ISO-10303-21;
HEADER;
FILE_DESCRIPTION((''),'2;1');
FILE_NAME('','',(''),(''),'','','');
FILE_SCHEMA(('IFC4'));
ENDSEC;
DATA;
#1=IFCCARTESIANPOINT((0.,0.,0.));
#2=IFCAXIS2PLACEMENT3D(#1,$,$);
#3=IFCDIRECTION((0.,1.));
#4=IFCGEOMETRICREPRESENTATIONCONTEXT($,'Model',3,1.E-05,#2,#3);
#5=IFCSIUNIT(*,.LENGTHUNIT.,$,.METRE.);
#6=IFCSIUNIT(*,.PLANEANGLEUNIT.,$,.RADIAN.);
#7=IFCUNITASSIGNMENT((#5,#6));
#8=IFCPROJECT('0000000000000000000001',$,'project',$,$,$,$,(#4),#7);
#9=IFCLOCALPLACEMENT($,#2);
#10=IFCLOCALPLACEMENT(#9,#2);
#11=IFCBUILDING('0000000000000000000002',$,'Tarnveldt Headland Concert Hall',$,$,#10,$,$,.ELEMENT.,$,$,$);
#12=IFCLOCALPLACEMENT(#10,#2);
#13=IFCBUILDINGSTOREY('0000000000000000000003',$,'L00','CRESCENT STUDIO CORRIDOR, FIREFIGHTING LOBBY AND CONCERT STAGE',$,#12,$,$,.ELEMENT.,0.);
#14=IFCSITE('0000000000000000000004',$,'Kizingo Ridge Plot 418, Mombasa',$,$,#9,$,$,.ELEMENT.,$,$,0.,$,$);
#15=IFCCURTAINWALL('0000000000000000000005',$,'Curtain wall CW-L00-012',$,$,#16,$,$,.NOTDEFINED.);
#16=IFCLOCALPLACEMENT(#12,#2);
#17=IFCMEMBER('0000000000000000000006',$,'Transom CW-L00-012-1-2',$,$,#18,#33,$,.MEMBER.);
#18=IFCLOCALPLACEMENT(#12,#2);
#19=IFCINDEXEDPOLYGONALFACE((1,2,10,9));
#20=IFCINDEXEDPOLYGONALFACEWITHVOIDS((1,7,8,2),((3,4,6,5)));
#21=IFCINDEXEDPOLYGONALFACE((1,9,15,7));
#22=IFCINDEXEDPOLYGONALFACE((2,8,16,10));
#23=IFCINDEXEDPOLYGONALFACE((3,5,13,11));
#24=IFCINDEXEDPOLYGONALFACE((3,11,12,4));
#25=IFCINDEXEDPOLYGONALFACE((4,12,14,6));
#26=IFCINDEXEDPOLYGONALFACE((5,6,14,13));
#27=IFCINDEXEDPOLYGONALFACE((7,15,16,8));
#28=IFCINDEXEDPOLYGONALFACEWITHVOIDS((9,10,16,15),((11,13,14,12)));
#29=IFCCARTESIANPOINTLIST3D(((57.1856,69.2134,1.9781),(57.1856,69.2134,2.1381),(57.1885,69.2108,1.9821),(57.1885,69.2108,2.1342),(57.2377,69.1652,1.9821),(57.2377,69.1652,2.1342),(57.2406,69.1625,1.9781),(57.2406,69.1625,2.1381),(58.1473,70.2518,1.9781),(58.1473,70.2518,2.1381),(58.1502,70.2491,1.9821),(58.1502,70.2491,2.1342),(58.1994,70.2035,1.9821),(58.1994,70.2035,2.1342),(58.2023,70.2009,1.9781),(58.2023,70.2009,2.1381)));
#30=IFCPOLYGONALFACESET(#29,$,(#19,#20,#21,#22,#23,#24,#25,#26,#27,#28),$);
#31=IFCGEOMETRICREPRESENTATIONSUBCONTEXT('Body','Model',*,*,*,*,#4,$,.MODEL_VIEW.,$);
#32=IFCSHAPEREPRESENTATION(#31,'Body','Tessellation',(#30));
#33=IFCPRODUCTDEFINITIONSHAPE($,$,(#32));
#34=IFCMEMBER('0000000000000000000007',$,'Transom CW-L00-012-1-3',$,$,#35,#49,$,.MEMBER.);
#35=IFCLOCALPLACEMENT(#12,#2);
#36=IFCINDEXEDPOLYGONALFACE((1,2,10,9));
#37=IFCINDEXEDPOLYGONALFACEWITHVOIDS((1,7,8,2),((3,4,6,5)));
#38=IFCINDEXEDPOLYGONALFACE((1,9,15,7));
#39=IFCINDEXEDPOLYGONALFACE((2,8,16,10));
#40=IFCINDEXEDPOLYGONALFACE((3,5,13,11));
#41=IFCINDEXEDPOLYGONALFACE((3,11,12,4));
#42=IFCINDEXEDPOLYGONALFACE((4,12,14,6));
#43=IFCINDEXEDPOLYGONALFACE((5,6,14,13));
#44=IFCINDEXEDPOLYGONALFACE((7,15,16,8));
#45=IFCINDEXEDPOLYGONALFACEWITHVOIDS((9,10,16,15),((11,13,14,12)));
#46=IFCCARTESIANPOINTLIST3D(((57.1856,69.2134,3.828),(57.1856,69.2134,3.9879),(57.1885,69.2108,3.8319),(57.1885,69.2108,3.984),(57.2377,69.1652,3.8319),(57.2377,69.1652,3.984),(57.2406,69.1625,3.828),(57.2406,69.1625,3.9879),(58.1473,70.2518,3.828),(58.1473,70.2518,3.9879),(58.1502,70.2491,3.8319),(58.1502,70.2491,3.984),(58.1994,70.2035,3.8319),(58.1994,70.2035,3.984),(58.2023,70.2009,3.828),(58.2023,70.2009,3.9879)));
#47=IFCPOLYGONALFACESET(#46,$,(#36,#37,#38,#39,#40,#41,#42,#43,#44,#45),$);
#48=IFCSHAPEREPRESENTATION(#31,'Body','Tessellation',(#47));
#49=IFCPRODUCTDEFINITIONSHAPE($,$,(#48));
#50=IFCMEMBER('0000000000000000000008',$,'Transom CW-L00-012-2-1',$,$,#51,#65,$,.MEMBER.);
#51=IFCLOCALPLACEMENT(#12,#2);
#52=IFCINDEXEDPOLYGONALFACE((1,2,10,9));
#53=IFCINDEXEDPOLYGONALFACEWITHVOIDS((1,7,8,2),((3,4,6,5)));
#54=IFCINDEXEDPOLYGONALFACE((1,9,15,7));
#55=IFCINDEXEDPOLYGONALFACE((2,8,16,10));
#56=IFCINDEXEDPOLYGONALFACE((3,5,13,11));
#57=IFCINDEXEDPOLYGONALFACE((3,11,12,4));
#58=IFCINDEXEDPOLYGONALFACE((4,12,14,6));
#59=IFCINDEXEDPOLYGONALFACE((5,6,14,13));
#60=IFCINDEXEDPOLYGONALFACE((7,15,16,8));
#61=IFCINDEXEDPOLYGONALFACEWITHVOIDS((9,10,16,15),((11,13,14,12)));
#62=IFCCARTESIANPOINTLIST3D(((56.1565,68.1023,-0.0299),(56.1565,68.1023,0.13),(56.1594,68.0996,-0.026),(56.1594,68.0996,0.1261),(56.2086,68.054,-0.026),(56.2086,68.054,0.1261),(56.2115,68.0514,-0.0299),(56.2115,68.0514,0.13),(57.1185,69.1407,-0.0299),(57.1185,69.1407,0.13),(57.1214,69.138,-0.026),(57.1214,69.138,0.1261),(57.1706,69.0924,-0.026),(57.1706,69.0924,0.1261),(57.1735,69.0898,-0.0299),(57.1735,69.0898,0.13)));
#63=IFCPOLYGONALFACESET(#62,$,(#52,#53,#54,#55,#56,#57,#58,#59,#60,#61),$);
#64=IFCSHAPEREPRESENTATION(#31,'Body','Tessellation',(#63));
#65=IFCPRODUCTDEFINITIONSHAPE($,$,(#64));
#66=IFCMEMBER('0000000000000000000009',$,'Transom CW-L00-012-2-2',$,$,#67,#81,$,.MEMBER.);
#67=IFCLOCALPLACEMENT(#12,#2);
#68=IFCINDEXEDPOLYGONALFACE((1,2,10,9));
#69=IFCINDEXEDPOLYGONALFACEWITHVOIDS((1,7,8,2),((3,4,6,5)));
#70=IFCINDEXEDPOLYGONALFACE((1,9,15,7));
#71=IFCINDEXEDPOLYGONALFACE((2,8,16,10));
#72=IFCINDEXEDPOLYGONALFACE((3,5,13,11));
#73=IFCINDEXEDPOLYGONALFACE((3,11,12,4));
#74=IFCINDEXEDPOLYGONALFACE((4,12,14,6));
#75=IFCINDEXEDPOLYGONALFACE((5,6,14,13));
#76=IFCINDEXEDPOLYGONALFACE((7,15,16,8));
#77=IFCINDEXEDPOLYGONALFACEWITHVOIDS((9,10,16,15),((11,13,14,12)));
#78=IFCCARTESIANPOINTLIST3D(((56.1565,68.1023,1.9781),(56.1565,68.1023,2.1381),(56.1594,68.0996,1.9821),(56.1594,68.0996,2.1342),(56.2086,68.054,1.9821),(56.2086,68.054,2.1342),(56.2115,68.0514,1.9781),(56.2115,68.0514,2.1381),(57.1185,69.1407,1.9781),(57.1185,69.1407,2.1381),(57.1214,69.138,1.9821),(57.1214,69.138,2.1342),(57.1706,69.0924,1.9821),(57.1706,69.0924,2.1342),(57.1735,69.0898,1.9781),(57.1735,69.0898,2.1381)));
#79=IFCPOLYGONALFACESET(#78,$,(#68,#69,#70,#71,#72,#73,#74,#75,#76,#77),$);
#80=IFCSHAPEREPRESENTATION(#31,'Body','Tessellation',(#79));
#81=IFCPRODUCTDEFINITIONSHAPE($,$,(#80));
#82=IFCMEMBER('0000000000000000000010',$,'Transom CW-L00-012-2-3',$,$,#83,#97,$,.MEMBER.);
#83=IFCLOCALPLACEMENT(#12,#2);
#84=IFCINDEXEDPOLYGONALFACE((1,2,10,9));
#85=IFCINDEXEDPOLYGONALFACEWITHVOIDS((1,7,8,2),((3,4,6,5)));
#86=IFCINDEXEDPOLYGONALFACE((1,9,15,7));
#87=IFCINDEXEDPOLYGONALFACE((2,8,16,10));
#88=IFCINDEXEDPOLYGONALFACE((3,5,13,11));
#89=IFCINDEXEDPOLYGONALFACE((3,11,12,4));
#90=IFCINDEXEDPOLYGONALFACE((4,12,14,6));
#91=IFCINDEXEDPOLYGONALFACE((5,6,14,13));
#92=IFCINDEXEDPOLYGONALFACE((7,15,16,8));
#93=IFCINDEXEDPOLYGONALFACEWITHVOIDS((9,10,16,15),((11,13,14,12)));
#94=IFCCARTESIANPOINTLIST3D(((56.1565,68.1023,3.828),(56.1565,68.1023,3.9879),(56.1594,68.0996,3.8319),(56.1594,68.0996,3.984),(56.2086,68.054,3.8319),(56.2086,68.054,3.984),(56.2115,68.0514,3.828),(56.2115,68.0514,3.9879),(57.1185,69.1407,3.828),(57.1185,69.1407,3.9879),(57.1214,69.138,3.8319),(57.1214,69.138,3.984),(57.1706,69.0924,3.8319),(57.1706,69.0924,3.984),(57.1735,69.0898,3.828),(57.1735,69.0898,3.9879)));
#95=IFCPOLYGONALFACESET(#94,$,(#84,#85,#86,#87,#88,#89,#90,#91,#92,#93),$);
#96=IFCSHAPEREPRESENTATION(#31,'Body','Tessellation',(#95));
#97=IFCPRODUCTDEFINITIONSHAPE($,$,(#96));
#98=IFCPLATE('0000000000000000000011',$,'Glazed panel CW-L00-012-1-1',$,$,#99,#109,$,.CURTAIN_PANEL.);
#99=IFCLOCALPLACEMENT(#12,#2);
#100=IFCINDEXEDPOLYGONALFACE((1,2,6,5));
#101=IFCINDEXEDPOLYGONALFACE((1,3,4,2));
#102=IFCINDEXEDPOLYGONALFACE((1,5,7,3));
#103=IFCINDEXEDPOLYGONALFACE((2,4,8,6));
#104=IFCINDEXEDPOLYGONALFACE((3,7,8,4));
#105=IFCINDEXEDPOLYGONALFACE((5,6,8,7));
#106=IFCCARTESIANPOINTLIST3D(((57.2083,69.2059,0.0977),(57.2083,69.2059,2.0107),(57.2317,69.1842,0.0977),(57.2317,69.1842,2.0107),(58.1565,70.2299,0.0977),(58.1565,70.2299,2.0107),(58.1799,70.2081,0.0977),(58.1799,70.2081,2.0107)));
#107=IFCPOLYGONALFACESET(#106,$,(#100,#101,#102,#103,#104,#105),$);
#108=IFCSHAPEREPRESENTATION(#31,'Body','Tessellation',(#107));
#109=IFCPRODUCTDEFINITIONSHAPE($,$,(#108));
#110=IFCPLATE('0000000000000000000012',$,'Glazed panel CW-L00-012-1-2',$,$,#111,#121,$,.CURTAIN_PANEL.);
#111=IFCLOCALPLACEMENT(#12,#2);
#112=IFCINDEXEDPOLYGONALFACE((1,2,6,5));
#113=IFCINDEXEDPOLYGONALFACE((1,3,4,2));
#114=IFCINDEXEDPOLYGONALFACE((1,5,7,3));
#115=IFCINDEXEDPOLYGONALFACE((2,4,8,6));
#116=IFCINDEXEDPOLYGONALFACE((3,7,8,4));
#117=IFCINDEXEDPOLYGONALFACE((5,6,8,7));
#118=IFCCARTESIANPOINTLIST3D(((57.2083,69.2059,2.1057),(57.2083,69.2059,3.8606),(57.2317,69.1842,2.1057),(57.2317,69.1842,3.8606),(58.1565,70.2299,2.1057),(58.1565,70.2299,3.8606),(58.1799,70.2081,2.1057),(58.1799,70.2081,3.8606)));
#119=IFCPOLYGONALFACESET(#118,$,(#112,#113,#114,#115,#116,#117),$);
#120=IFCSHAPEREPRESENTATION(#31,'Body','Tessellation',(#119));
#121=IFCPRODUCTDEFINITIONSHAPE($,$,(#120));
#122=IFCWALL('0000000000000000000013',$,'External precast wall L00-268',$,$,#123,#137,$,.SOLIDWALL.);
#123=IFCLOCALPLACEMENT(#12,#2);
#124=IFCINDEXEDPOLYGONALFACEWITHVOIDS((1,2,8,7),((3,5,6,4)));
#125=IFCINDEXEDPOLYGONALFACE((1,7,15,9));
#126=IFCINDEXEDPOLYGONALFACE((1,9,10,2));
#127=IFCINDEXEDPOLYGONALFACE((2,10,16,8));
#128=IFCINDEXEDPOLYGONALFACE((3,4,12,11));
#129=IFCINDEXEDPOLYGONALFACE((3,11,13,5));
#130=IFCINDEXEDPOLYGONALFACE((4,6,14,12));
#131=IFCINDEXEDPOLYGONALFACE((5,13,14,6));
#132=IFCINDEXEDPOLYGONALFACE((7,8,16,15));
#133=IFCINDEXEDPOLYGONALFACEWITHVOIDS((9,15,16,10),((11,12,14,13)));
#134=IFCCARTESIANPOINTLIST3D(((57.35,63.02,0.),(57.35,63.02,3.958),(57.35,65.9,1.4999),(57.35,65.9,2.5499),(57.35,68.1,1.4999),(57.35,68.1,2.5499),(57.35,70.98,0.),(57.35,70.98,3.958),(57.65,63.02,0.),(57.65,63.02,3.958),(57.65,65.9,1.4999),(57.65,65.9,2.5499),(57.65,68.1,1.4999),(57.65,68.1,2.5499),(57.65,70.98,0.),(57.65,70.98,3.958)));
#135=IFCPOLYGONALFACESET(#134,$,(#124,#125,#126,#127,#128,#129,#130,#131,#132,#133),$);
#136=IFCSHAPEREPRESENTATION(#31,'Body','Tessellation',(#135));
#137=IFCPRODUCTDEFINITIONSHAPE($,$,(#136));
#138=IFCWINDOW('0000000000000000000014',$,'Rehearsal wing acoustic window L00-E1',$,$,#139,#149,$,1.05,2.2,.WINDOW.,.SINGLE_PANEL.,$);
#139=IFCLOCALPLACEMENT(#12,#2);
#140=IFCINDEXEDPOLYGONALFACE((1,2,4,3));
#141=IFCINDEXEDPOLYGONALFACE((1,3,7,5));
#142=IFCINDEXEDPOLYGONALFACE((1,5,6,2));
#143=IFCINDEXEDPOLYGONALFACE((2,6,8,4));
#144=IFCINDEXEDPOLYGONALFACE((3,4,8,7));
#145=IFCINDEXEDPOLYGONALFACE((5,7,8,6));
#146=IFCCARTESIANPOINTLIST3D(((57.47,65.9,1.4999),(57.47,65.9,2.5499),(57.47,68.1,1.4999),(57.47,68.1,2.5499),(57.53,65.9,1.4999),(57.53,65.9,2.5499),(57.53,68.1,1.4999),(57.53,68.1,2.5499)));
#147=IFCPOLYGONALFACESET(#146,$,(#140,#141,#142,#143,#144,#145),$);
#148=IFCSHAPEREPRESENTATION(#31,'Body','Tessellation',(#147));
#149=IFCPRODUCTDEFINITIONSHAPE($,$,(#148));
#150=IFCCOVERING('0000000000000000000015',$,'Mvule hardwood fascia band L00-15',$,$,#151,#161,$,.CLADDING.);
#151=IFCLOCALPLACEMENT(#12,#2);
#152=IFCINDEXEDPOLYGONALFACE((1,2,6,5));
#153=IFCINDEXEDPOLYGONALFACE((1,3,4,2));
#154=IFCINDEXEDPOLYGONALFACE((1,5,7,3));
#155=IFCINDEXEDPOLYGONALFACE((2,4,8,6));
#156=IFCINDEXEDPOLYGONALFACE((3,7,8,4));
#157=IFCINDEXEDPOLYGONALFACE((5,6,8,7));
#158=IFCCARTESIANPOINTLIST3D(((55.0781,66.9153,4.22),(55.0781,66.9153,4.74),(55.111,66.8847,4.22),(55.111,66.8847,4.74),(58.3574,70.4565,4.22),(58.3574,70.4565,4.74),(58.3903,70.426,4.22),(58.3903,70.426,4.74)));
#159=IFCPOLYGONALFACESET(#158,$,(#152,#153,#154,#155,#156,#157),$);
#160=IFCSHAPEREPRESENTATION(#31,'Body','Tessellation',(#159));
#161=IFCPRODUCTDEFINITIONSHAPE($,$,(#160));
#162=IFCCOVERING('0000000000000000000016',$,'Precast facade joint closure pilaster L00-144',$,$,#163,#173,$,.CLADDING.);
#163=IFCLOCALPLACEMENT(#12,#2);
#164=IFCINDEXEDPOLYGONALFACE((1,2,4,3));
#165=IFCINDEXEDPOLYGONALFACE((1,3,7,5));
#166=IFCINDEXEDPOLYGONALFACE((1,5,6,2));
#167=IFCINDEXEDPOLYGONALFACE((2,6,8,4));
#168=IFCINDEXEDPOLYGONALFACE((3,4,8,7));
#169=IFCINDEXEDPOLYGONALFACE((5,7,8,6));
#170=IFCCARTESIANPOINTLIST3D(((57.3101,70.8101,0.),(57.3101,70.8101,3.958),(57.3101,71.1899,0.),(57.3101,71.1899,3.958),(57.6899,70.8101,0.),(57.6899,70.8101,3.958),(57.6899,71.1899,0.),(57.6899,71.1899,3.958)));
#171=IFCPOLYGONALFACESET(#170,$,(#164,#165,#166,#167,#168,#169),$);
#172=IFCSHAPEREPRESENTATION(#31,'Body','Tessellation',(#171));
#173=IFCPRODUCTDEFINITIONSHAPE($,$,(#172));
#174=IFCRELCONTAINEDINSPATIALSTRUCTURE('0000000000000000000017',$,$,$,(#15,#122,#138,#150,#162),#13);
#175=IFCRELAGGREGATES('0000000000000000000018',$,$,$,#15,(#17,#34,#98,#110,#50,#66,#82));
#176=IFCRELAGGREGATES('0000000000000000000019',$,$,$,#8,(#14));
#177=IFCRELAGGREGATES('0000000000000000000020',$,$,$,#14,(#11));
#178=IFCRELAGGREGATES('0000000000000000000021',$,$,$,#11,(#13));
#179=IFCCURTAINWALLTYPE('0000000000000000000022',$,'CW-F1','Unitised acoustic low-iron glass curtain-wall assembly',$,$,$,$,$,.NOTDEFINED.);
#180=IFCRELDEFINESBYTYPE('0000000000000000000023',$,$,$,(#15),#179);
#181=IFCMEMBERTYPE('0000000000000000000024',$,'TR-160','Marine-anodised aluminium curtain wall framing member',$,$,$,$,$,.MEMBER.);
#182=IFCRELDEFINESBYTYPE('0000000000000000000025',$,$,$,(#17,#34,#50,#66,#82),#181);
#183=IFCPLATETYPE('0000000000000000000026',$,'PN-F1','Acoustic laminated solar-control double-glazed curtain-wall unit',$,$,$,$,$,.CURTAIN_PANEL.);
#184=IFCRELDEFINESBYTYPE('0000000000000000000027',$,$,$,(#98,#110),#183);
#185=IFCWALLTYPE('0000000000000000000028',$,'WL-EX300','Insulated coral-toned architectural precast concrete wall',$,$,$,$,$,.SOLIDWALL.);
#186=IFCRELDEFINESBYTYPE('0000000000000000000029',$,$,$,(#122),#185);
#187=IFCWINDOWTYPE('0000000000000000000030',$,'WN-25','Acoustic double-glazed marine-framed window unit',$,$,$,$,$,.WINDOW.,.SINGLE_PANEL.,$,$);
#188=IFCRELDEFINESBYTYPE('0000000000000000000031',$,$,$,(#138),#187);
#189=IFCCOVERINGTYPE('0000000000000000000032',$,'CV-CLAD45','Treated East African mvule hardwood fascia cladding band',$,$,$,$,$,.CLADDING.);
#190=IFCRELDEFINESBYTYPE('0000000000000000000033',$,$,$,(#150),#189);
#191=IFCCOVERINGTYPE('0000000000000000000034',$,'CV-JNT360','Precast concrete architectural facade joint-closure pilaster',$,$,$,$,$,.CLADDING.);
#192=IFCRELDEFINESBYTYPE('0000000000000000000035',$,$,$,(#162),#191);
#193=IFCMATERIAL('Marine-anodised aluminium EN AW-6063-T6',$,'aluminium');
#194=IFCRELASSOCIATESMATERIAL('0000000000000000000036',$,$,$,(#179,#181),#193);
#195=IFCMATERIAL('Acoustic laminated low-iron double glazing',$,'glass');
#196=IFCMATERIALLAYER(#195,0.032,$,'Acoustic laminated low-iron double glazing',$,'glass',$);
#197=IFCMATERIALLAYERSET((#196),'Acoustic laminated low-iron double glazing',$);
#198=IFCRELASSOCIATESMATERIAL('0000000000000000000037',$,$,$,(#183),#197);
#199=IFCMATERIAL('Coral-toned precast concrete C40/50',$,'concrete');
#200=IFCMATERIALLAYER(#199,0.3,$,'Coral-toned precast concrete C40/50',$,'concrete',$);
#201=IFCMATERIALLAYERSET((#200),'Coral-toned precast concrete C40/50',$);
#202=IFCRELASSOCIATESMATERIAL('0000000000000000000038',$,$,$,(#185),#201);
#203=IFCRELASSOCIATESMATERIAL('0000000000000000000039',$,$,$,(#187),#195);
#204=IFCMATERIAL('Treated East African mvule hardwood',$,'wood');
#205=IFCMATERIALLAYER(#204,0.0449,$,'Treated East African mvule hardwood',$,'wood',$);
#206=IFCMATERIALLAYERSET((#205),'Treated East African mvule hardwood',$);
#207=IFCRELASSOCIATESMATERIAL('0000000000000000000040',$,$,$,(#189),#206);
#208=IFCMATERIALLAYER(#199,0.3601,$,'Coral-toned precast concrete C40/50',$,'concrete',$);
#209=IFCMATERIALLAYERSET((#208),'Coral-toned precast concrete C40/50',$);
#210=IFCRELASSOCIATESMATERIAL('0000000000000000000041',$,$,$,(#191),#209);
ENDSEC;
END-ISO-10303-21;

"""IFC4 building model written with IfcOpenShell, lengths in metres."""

from ifc_helpers import new_model, si_unit, direction, frame, frame_2d, origin, origin_2d, place, context, subcontext, project, spatial, rectangle, hollow_rectangle, extrude, material, layer, layer_set, material_profile, profile_set, type_object, element, fill, aggregate, save


model = new_model("IFC4")

# Units and contexts
model_context = context("Model", 3, precision=1e-05, world=origin(), true_north=direction((0.0, 1.0)))
body_context = subcontext(model_context, "Body", "Model", "MODEL_VIEW")
ifc_project = project(units=[si_unit("LENGTHUNIT", "METRE"), si_unit("PLANEANGLEUNIT", "RADIAN")], contexts=[model_context])

# Site, building, storey
site_placement = place(None, origin())
site = spatial("IfcSite", under=ifc_project, at=site_placement, Name="Kizingo Ridge Plot 418, Mombasa", CompositionType="ELEMENT", RefElevation=0.0)
building_placement = place(site_placement, origin())
building = spatial("IfcBuilding", under=site, at=building_placement, Name="Tarnveldt Headland Concert Hall", CompositionType="ELEMENT")
storey_placement = place(building_placement, origin())
storey = spatial("IfcBuildingStorey", under=building, at=storey_placement, Name="L00", Description="CRESCENT STUDIO CORRIDOR, FIREFIGHTING LOBBY AND CONCERT STAGE", CompositionType="ELEMENT", Elevation=0.0)

# Shared definitions
ifc_material_1 = material(Name="Marine-anodised aluminium EN AW-6063-T6", Category="aluminium")
curtain_wall_type = type_object("IfcCurtainWallType", Name="CW-F1", Description="Unitised acoustic low-iron glass curtain-wall assembly", PredefinedType="NOTDEFINED", material=ifc_material_1)

# Curtain wall
curtain_wall_1_placement = place(storey_placement, origin())
curtain_wall_1 = element("IfcCurtainWall", 1, at=curtain_wall_1_placement, inside=storey, type_object=curtain_wall_type, Name="Curtain wall CW-L00-012", PredefinedType="NOTDEFINED")

# Members
ifc_material_profile_1 = material_profile(ifc_material_1, hollow_rectangle(XDim=0.075, YDim=0.1599, WallThickness=0.0039, at=origin_2d()), Name="ALU TRANSOM 75x160x4", Category="aluminium")
ifc_profile_set_1 = profile_set([ifc_material_profile_1], Name="Marine-anodised aluminium EN AW-6063-T6")
member_type_1 = type_object("IfcMemberType", Name="TR-160", Description="Marine-anodised aluminium curtain wall framing member", PredefinedType="MEMBER", material=ifc_profile_set_1)
member_1_placement = place(storey_placement, frame((58.1748, 70.2263, 2.0581), z_axis=(-0.679504, -0.733671, 0.0), x_axis=(0.733671, -0.679504, 0.0)))
member_1 = element("IfcMember", 2, at=member_1_placement, type_object=member_type_1, Name="Transom CW-L00-012-1-2", PredefinedType="MEMBER", context=body_context, shape_type="SweptSolid", body=[
    extrude(hollow_rectangle(XDim=0.075, YDim=0.1599, WallThickness=0.0039, at=origin_2d()), origin(), (0.0, 0.0, 1.0), 1.4153),
])
member_2_placement = place(storey_placement, frame((58.1748, 70.2263, 3.908), z_axis=(-0.679504, -0.733671, 0.0), x_axis=(0.733671, -0.679504, 0.0)))
member_2 = element("IfcMember", 3, at=member_2_placement, type_object=member_type_1, Name="Transom CW-L00-012-1-3", PredefinedType="MEMBER", context=body_context, shape_type="SweptSolid", body=[
    extrude(hollow_rectangle(XDim=0.075, YDim=0.1599, WallThickness=0.0039, at=origin_2d()), origin(), (0.0, 0.0, 1.0), 1.4153),
])
member_3_placement = place(storey_placement, frame((57.146, 69.1152, 0.05), z_axis=(-0.679597, -0.733585, 0.0), x_axis=(0.733585, -0.679597, 0.0)))
member_3 = element("IfcMember", 4, at=member_3_placement, type_object=member_type_1, Name="Transom CW-L00-012-2-1", PredefinedType="MEMBER", context=body_context, shape_type="SweptSolid", body=[
    extrude(hollow_rectangle(XDim=0.075, YDim=0.1599, WallThickness=0.0039, at=origin_2d()), origin(), (0.0, 0.0, 1.0), 1.4155),
])
member_4_placement = place(storey_placement, frame((57.146, 69.1152, 2.0581), z_axis=(-0.679597, -0.733585, 0.0), x_axis=(0.733585, -0.679597, 0.0)))
member_4 = element("IfcMember", 5, at=member_4_placement, type_object=member_type_1, Name="Transom CW-L00-012-2-2", PredefinedType="MEMBER", context=body_context, shape_type="SweptSolid", body=[
    extrude(hollow_rectangle(XDim=0.075, YDim=0.1599, WallThickness=0.0039, at=origin_2d()), origin(), (0.0, 0.0, 1.0), 1.4155),
])
member_5_placement = place(storey_placement, frame((57.146, 69.1152, 3.908), z_axis=(-0.679597, -0.733585, 0.0), x_axis=(0.733585, -0.679597, 0.0)))
member_5 = element("IfcMember", 6, at=member_5_placement, type_object=member_type_1, Name="Transom CW-L00-012-2-3", PredefinedType="MEMBER", context=body_context, shape_type="SweptSolid", body=[
    extrude(hollow_rectangle(XDim=0.075, YDim=0.1599, WallThickness=0.0039, at=origin_2d()), origin(), (0.0, 0.0, 1.0), 1.4155),
])

# Plates
ifc_material_2 = material(Name="Acoustic laminated low-iron double glazing", Category="glass")
ifc_layer_1 = layer(ifc_material_2, 0.032, Name="Acoustic laminated low-iron double glazing", Category="glass")
ifc_layer_set_1 = layer_set([ifc_layer_1], Name="Acoustic laminated low-iron double glazing")
plate_type = type_object("IfcPlateType", Name="PN-F1", Description="Acoustic laminated solar-control double-glazed curtain-wall unit", PredefinedType="CURTAIN_PANEL", material=ifc_layer_set_1)
plate_1_placement = place(storey_placement, frame((57.6941, 69.707, 0.0977), z_axis=(0.0, 0.0, 1.0), x_axis=(-0.679454, -0.733718, 0.0)))
plate_1 = element("IfcPlate", 7, at=plate_1_placement, type_object=plate_type, Name="Glazed panel CW-L00-012-1-1", PredefinedType="CURTAIN_PANEL", context=body_context, shape_type="SweptSolid", body=[
    extrude(rectangle(XDim=1.3955, YDim=0.032, at=origin_2d()), origin(), (0.0, 0.0, 1.0), 1.9131),
])
plate_2_placement = place(storey_placement, frame((57.6941, 69.707, 2.1057), z_axis=(0.0, 0.0, 1.0), x_axis=(-0.679454, -0.733718, 0.0)))
plate_2 = element("IfcPlate", 8, at=plate_2_placement, type_object=plate_type, Name="Glazed panel CW-L00-012-1-2", PredefinedType="CURTAIN_PANEL", context=body_context, shape_type="SweptSolid", body=[
    extrude(rectangle(XDim=1.3955, YDim=0.032, at=origin_2d()), origin(), (0.0, 0.0, 1.0), 1.7549),
])
aggregate(curtain_wall_1, [member_1, member_2, plate_1, plate_2, member_3, member_4, member_5])

# Wall, opening, window
ifc_material_3 = material(Name="Coral-toned precast concrete C40/50", Category="concrete")
ifc_layer_2 = layer(ifc_material_3, 0.3, Name="Coral-toned precast concrete C40/50", Category="concrete")
ifc_layer_set_2 = layer_set([ifc_layer_2], Name="Coral-toned precast concrete C40/50")
wall_type = type_object("IfcWallType", Name="WL-EX300", Description="Insulated coral-toned architectural precast concrete wall", PredefinedType="SOLIDWALL", material=ifc_layer_set_2)
wall_placement = place(storey_placement, frame((57.5, 70.98, 0.0), z_axis=(0.0, 0.0, 1.0), x_axis=(0.0, -1.0, 0.0)))
wall = element("IfcWall", 9, at=wall_placement, inside=storey, type_object=wall_type, Name="External precast wall L00-268", PredefinedType="SOLIDWALL", context=body_context, shape_type="SweptSolid", body=[
    extrude(rectangle(XDim=7.96, YDim=0.3, at=frame_2d((3.98, 0.0))), origin(), (0.0, 0.0, 1.0), 3.958),
])
opening_placement = place(wall_placement, frame((2.8799, 0.0, 1.5)))
opening = element("IfcOpeningElement", 10, at=opening_placement, cuts=wall, PredefinedType="OPENING", context=body_context, shape_type="SweptSolid", body=[
    extrude(rectangle(XDim=2.2, YDim=1.05, at=frame_2d((1.1001, 0.5249))), frame((0.0, 0.1599, 0.0), z_axis=(0.0, -1.0, 0.0), x_axis=(1.0, 0.0, 0.0)), (0.0, 0.0, 1.0), 0.3201),
])
window_type = type_object("IfcWindowType", Name="WN-25", Description="Acoustic double-glazed marine-framed window unit", PartitioningType="SINGLE_PANEL", PredefinedType="WINDOW", material=ifc_material_2)
window_placement = place(opening_placement, origin())
window = element("IfcWindow", 11, at=window_placement, inside=storey, type_object=window_type, Name="Rehearsal wing acoustic window L00-E1", OverallHeight=1.05, OverallWidth=2.2, PartitioningType="SINGLE_PANEL", PredefinedType="WINDOW", context=body_context, shape_type="SweptSolid", body=[
    extrude(rectangle(XDim=2.2, YDim=1.05, at=frame_2d((1.1001, 0.5249))), frame((0.0, 0.03, 0.0), z_axis=(0.0, -1.0, 0.0), x_axis=(1.0, 0.0, 0.0)), (0.0, 0.0, 1.0), 0.0601),
])
fill(opening, window)

# Coverings
ifc_material_4 = material(Name="Treated East African mvule hardwood", Category="wood")
ifc_layer_3 = layer(ifc_material_4, 0.0449, Name="Treated East African mvule hardwood", Category="wood")
ifc_layer_set_3 = layer_set([ifc_layer_3], Name="Treated East African mvule hardwood")
covering_type_1 = type_object("IfcCoveringType", Name="CV-CLAD45", Description="Treated East African mvule hardwood fascia cladding band", PredefinedType="CLADDING", material=ifc_layer_set_3)
covering_1_placement = place(storey_placement, frame((58.3738, 70.4412, 4.22), z_axis=(0.0, 0.0, 1.0), x_axis=(-0.679447, -0.733724, 0.0)))
element("IfcCovering", 12, at=covering_1_placement, inside=storey, type_object=covering_type_1, Name="Mvule hardwood fascia band L00-15", PredefinedType="CLADDING", context=body_context, shape_type="SweptSolid", body=[
    extrude(rectangle(XDim=4.8264, YDim=0.0449, at=frame_2d((2.4131, 0.0))), origin(), (0.0, 0.0, 1.0), 0.52),
])
ifc_layer_4 = layer(ifc_material_3, 0.3601, Name="Coral-toned precast concrete C40/50", Category="concrete")
ifc_layer_set_4 = layer_set([ifc_layer_4], Name="Coral-toned precast concrete C40/50")
covering_type_2 = type_object("IfcCoveringType", Name="CV-JNT360", Description="Precast concrete architectural facade joint-closure pilaster", PredefinedType="CLADDING", material=ifc_layer_set_4)
covering_2_placement = place(storey_placement, frame((57.5, 71.0, 0.0), z_axis=(0.0, 0.0, 1.0), x_axis=(0.0, -1.0, 0.0)))
element("IfcCovering", 13, at=covering_2_placement, inside=storey, type_object=covering_type_2, Name="Precast facade joint closure pilaster L00-144", PredefinedType="CLADDING", context=body_context, shape_type="SweptSolid", body=[
    extrude(rectangle(XDim=0.3799, YDim=0.3799, at=origin_2d()), origin(), (0.0, 0.0, 1.0), 3.958),
])

save(model, "model.ifc")
